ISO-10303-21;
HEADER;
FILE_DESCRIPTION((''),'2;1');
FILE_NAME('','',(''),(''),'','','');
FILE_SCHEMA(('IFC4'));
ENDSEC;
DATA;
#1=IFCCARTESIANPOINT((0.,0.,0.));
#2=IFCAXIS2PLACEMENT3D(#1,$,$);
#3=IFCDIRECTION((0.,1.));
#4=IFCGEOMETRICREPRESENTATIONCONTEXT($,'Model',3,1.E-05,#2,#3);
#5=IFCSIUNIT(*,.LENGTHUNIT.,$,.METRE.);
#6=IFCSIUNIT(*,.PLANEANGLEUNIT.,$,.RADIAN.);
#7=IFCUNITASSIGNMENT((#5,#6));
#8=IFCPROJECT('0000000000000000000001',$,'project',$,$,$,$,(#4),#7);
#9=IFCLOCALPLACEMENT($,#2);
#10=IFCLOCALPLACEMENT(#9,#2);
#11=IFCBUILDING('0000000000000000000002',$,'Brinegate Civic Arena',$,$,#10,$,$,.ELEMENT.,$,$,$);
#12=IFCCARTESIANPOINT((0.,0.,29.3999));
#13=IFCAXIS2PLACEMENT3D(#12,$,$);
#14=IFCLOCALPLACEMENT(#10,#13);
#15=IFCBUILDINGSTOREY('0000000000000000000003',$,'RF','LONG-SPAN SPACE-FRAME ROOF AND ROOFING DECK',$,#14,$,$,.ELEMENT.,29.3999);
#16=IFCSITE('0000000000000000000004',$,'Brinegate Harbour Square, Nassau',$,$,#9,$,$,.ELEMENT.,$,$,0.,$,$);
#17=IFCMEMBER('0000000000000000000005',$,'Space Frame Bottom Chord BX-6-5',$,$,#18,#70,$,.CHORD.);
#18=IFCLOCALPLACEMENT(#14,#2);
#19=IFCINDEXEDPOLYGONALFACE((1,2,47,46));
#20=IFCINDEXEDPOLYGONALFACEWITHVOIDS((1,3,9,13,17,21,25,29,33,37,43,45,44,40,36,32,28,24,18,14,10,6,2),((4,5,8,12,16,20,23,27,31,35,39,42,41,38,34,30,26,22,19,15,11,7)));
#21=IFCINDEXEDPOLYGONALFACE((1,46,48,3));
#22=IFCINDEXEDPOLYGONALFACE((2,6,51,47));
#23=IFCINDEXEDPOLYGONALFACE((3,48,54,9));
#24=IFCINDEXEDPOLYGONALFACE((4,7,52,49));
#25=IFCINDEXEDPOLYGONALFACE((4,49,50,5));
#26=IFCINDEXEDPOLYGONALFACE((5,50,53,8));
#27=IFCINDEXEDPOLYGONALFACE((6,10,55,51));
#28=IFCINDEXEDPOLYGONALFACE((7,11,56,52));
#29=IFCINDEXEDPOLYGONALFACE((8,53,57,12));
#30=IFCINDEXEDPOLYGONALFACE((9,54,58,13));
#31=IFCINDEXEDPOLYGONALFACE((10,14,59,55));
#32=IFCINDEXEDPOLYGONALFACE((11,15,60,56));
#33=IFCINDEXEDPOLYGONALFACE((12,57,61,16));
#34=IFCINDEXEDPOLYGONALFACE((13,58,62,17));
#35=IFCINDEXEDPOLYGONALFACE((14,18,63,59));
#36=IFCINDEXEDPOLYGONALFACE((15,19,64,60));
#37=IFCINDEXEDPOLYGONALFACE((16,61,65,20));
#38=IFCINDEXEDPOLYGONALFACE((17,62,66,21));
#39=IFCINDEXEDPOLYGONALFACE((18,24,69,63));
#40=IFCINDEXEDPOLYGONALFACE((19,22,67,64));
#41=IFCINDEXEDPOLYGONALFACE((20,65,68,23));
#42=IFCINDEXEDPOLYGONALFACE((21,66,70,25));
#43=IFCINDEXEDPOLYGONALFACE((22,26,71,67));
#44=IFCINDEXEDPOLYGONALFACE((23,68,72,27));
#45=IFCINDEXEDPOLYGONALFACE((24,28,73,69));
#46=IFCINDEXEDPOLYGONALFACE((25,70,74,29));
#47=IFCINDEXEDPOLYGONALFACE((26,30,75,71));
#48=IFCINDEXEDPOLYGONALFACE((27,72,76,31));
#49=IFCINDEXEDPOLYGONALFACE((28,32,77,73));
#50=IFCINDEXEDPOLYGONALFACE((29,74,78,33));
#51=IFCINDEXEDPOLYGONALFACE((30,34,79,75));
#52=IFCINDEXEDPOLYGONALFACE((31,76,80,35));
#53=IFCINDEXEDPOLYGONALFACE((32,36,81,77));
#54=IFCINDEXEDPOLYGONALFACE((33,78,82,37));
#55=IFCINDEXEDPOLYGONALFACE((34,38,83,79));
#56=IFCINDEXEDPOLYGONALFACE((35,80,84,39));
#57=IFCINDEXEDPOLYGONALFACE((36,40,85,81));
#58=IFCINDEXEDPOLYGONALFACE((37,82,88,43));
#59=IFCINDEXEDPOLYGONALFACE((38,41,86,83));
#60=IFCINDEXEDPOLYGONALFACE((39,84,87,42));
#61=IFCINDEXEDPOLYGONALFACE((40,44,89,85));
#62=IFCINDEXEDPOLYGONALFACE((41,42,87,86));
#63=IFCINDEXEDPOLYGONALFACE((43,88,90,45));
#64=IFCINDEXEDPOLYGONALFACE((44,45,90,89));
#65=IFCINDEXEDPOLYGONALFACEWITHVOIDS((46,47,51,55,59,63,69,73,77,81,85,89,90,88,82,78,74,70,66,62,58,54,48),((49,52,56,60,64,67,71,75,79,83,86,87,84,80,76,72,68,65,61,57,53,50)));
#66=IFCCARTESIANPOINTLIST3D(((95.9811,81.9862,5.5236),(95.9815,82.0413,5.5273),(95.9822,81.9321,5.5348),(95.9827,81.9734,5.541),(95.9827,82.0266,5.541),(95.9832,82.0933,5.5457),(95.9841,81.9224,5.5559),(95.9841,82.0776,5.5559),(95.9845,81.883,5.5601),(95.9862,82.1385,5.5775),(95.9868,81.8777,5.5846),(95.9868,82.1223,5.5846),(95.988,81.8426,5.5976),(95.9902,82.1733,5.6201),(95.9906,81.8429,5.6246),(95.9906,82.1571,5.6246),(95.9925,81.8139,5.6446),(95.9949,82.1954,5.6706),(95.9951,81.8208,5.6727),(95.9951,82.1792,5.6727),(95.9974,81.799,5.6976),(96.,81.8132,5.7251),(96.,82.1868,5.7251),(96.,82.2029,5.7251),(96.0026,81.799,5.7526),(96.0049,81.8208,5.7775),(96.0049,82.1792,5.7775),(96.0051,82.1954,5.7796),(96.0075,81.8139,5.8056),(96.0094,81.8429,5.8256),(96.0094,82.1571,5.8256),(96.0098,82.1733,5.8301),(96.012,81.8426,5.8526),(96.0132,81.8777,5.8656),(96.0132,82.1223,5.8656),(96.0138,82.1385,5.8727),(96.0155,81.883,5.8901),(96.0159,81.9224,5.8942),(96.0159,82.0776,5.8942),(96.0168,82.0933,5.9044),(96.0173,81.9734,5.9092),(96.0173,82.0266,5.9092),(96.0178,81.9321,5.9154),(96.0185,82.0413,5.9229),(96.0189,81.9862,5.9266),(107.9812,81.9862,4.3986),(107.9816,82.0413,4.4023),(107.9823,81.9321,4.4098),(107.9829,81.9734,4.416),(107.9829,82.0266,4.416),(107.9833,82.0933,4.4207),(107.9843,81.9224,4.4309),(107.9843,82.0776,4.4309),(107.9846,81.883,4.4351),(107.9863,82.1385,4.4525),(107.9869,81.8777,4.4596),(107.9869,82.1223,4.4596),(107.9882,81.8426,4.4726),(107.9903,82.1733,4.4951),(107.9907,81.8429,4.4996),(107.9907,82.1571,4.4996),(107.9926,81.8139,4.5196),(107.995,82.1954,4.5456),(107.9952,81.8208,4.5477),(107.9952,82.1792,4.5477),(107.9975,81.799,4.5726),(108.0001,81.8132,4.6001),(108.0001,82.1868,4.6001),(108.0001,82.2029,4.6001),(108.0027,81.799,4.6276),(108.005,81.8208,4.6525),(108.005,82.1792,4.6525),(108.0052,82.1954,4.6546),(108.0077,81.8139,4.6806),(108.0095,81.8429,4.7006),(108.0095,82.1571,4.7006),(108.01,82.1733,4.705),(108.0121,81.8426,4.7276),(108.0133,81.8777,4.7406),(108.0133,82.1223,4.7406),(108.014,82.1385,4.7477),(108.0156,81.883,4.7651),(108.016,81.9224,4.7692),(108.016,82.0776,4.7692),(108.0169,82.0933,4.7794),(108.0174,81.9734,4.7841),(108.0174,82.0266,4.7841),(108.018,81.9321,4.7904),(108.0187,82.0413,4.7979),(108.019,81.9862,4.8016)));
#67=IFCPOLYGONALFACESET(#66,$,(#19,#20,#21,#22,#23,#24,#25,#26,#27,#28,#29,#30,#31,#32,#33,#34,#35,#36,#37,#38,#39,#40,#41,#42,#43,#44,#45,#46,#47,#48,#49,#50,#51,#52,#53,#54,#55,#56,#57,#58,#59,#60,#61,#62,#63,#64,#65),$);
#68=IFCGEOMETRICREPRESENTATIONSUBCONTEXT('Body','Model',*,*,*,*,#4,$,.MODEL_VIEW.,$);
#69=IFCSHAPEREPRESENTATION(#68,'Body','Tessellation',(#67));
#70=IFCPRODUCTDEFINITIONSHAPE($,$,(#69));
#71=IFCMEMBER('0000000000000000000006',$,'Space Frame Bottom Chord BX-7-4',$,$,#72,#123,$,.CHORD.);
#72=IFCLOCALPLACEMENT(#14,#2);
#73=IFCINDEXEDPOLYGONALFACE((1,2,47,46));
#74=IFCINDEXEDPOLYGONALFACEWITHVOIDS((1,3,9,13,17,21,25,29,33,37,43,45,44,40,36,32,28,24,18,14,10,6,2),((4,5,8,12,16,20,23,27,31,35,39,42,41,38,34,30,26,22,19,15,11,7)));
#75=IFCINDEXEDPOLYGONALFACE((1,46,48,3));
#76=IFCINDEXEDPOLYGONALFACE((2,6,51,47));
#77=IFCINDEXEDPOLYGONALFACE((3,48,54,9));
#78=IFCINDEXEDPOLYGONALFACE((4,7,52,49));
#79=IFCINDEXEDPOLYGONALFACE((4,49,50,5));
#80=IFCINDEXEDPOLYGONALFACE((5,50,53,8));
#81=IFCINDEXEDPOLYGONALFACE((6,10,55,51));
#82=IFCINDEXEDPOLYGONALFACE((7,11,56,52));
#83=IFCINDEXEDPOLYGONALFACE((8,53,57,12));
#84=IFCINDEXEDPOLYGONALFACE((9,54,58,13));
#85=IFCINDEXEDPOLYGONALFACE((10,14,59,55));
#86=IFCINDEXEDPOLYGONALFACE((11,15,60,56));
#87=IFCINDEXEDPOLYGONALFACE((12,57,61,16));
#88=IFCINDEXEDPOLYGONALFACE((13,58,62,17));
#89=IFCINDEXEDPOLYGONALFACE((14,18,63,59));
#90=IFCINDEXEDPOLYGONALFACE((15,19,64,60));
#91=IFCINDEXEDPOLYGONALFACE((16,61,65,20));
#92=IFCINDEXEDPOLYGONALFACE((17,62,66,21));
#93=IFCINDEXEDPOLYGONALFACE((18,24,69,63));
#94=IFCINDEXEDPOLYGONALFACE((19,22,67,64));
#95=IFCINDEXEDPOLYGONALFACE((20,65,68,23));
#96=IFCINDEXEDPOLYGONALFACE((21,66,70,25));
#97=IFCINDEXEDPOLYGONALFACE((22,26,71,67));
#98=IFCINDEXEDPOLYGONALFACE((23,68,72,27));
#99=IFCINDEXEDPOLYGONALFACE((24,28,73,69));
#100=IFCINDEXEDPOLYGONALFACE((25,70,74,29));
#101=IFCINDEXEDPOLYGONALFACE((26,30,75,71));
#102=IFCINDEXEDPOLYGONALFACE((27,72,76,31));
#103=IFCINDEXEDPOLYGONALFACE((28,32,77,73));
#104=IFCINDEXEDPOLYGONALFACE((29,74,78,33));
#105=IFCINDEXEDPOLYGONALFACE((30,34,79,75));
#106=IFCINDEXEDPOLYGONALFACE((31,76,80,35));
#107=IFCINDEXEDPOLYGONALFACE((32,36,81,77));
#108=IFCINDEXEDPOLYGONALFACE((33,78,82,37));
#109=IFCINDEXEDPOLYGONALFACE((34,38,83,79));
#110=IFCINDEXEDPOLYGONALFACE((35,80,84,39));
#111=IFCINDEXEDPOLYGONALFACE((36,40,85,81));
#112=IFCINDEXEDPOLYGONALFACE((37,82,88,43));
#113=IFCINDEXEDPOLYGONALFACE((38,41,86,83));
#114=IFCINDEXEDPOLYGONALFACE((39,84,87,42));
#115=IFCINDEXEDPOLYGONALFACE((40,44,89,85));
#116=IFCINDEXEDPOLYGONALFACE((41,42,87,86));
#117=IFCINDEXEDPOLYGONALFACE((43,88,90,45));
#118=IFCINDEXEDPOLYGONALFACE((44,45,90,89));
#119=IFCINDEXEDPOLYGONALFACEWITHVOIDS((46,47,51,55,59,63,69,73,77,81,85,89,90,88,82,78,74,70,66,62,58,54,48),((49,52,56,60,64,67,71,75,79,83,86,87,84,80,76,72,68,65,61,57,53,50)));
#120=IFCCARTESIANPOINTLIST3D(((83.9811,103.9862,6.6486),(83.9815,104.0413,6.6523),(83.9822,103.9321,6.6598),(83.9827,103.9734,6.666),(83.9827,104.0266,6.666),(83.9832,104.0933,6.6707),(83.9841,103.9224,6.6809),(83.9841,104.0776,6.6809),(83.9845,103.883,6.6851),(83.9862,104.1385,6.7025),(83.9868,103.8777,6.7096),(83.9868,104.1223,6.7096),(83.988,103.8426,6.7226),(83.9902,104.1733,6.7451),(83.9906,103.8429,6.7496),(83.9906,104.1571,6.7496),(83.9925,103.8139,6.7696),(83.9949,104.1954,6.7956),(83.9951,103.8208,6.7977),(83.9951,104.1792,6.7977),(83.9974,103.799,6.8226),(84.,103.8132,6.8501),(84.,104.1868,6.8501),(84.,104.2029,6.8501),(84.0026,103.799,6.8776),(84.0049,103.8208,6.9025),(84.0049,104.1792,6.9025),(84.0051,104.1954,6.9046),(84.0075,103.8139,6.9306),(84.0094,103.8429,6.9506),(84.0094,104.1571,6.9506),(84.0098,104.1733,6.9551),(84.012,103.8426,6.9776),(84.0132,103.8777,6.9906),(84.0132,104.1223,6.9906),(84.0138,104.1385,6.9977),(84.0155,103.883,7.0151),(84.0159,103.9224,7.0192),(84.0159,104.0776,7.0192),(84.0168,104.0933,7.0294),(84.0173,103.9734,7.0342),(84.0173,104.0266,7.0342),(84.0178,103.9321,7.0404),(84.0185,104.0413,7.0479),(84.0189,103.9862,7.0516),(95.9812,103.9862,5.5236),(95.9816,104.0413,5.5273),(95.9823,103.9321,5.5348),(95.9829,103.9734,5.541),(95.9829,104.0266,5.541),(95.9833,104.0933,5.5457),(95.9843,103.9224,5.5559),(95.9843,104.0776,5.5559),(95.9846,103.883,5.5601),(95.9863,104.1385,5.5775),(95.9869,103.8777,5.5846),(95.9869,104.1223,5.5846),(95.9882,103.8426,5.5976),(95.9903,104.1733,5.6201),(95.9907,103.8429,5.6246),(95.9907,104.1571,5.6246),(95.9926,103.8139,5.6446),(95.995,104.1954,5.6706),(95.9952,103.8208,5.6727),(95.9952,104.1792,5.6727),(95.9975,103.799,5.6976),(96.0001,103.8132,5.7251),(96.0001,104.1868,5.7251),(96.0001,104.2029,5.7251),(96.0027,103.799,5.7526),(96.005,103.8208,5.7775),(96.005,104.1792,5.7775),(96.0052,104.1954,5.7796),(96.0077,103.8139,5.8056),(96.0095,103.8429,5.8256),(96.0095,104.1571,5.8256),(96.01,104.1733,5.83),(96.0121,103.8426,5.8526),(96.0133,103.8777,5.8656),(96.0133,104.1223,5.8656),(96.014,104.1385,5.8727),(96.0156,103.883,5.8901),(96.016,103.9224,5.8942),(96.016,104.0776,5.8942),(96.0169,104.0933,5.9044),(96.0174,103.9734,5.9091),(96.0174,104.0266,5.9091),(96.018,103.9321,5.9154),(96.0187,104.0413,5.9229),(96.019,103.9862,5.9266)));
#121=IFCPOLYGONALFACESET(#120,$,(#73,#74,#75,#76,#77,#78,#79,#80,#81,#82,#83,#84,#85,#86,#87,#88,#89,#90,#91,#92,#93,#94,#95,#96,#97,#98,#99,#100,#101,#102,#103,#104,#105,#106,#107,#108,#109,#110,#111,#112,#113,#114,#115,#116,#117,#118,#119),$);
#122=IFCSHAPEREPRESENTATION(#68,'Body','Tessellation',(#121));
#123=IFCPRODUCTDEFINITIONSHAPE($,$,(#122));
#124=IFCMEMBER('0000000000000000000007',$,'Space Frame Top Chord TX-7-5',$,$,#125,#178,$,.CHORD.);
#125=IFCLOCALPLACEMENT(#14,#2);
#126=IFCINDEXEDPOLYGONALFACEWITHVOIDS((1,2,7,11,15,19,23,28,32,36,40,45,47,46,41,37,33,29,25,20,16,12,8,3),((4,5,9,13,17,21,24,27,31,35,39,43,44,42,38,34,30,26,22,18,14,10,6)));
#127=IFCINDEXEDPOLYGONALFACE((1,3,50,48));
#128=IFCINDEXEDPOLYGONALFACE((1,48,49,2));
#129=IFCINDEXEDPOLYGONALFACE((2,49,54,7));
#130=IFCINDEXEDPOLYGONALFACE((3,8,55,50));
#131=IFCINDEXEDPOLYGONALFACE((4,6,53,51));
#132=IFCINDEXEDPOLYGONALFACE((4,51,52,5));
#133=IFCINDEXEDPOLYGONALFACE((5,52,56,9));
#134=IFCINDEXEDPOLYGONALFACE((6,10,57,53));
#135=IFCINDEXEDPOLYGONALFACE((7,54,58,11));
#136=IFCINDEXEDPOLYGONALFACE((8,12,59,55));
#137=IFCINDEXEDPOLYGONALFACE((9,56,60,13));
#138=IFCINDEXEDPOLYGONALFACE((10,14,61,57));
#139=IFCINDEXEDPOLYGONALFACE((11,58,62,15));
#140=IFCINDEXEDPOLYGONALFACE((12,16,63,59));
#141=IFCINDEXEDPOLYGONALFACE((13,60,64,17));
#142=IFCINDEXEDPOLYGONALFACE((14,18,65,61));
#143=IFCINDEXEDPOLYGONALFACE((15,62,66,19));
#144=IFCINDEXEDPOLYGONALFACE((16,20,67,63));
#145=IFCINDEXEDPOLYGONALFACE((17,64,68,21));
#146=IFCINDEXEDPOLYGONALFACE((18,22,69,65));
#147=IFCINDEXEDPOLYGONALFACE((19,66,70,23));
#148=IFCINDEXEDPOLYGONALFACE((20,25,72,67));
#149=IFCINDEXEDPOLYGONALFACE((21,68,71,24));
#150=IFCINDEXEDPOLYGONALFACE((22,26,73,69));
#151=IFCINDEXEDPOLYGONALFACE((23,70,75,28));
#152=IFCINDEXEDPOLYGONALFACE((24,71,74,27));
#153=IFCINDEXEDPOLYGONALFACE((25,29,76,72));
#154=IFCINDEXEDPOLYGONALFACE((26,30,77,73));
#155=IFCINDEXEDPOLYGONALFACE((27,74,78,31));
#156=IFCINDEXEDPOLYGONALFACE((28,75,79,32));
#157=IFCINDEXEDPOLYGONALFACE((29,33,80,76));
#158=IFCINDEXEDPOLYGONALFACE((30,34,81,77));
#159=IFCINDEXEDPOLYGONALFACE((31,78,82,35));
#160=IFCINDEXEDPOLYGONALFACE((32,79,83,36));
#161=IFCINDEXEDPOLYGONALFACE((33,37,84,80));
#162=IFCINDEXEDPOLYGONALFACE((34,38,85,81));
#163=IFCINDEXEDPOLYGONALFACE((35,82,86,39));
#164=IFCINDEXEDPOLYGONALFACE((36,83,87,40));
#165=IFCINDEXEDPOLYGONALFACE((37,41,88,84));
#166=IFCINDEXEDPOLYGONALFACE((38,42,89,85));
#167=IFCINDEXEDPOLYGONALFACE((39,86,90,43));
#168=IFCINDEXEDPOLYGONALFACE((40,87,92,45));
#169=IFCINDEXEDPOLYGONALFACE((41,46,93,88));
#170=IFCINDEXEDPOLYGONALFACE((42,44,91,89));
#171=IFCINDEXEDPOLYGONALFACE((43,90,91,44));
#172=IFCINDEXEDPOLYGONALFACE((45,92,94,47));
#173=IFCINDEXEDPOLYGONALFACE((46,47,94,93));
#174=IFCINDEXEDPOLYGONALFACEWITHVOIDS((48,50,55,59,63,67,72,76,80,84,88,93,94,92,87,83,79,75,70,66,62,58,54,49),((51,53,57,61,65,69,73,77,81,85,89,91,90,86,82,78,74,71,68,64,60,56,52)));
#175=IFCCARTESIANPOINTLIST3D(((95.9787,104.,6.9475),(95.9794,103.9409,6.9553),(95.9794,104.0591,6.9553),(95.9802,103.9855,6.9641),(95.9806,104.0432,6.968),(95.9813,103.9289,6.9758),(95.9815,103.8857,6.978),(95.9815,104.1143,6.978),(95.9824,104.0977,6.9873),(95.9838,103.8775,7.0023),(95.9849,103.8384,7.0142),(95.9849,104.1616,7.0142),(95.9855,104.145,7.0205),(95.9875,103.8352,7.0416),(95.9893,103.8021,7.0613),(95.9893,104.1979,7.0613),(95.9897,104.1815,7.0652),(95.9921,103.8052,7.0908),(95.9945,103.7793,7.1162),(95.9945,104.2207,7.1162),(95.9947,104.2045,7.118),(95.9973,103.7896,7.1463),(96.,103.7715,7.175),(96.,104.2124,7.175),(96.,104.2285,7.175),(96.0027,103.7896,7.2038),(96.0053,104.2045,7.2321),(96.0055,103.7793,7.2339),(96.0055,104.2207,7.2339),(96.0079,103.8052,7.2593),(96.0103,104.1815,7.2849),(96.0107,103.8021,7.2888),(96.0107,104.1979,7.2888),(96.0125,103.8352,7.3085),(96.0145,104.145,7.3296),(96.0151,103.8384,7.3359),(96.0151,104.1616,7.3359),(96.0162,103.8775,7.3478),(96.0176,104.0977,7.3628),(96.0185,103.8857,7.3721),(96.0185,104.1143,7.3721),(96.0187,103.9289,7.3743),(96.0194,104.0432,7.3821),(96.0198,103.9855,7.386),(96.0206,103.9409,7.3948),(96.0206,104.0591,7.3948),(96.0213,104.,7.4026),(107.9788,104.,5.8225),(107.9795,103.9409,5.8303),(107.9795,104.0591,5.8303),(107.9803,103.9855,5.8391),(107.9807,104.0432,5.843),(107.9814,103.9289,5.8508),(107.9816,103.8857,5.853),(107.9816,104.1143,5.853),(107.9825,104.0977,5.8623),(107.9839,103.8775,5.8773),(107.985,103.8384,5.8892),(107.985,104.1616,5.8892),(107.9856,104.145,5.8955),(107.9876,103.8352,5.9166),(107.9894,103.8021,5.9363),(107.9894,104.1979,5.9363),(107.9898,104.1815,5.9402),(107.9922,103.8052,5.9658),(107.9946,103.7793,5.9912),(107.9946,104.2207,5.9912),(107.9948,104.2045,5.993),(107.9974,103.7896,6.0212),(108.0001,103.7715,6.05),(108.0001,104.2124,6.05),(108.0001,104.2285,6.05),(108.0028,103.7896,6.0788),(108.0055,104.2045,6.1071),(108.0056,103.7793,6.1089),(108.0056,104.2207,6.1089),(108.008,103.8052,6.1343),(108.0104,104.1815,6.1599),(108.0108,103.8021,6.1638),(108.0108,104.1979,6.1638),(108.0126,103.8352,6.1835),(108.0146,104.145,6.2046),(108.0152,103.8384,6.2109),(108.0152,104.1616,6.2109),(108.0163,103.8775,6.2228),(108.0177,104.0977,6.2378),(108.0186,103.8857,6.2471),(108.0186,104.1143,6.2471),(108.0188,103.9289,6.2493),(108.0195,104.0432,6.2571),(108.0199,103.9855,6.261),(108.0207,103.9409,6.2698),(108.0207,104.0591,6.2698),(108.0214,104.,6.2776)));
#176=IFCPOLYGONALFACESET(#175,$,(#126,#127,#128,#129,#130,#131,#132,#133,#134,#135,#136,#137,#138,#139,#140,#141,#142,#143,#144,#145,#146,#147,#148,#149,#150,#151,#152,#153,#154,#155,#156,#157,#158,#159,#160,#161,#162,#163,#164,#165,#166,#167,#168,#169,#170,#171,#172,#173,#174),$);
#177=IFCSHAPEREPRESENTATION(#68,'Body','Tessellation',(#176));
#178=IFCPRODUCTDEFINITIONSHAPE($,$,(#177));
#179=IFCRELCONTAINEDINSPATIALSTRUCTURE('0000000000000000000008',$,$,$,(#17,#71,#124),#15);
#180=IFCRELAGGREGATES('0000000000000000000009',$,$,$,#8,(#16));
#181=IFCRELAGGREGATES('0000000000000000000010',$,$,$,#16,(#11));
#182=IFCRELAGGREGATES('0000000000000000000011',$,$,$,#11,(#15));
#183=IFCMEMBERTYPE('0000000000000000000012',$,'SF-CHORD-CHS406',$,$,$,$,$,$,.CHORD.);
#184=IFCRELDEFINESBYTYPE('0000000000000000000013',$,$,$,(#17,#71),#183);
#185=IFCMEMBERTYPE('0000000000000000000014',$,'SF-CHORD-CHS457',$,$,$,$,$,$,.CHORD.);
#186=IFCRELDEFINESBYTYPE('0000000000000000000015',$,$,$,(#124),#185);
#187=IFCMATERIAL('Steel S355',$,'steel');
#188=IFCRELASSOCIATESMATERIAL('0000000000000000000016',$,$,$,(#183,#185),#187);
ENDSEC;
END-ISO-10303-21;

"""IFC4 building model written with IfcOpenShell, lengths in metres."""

from ifc_helpers import new_model, si_unit, direction, frame, origin, origin_2d, place, context, subcontext, project, spatial, hollow_circle, extrude, material, material_profile, profile_set, type_object, element, save


model = new_model("IFC4")

# Units and contexts
model_context = context("Model", 3, precision=1e-05, world=origin(), true_north=direction((0.0, 1.0)))
body_context = subcontext(model_context, "Body", "Model", "MODEL_VIEW")
ifc_project = project(units=[si_unit("LENGTHUNIT", "METRE"), si_unit("PLANEANGLEUNIT", "RADIAN")], contexts=[model_context])

# Site, building, storey
site_placement = place(None, origin())
site = spatial("IfcSite", under=ifc_project, at=site_placement, Name="Brinegate Harbour Square, Nassau", CompositionType="ELEMENT", RefElevation=0.0)
building_placement = place(site_placement, origin())
building = spatial("IfcBuilding", under=site, at=building_placement, Name="Brinegate Civic Arena", CompositionType="ELEMENT")
storey_placement = place(building_placement, frame((0.0, 0.0, 29.3999)))
storey = spatial("IfcBuildingStorey", under=building, at=storey_placement, Name="RF", Description="LONG-SPAN SPACE-FRAME ROOF AND ROOFING DECK", CompositionType="ELEMENT", Elevation=29.3999)

# Members
ifc_material = material(Name="Steel S355", Category="steel")
ifc_material_profile_1 = material_profile(ifc_material, hollow_circle(Radius=0.2029, WallThickness=0.0161, at=origin_2d()), Name="CHS406X16")
ifc_profile_set_1 = profile_set([ifc_material_profile_1], Name="Steel S355")
member_type_1 = type_object("IfcMemberType", Name="SF-CHORD-CHS406", PredefinedType="CHORD", material=ifc_profile_set_1)
for number, where, z_axis, x_axis, name in (
    (1, (96.0, 82.0, 5.7251), (0.995634, 0.0, -0.093341), (0.0, 1.0, 0.0), "Space Frame Bottom Chord BX-6-5"),
    (2, (84.0, 104.0, 6.8501), (0.995634, 0.0, -0.093341), (0.0, 1.0, 0.0), "Space Frame Bottom Chord BX-7-4"),
):
    element("IfcMember", number, at=place(storey_placement, frame(where, z_axis=z_axis, x_axis=x_axis)), inside=storey, type_object=member_type_1, Name=name, PredefinedType="CHORD", context=body_context, shape_type="SweptSolid", body=[
        extrude(hollow_circle(Radius=0.2029, WallThickness=0.0161, at=origin_2d()), origin(), (0.0, 0.0, 1.0), 12.0527),
    ])
ifc_material_profile_2 = material_profile(ifc_material, hollow_circle(Radius=0.2285, WallThickness=0.0161, at=origin_2d()), Name="CHS457X16")
ifc_profile_set_2 = profile_set([ifc_material_profile_2], Name="Steel S355")
member_type_2 = type_object("IfcMemberType", Name="SF-CHORD-CHS457", PredefinedType="CHORD", material=ifc_profile_set_2)
member_1_placement = place(storey_placement, frame((96.0, 104.0, 7.175), z_axis=(0.995634, 0.0, -0.093341), x_axis=(0.0, 1.0, 0.0)))
element("IfcMember", 3, at=member_1_placement, inside=storey, type_object=member_type_2, Name="Space Frame Top Chord TX-7-5", PredefinedType="CHORD", context=body_context, shape_type="SweptSolid", body=[
    extrude(hollow_circle(Radius=0.2285, WallThickness=0.0161, at=origin_2d()), origin(), (0.0, 0.0, 1.0), 12.0527),
])

save(model, "model.ifc")
